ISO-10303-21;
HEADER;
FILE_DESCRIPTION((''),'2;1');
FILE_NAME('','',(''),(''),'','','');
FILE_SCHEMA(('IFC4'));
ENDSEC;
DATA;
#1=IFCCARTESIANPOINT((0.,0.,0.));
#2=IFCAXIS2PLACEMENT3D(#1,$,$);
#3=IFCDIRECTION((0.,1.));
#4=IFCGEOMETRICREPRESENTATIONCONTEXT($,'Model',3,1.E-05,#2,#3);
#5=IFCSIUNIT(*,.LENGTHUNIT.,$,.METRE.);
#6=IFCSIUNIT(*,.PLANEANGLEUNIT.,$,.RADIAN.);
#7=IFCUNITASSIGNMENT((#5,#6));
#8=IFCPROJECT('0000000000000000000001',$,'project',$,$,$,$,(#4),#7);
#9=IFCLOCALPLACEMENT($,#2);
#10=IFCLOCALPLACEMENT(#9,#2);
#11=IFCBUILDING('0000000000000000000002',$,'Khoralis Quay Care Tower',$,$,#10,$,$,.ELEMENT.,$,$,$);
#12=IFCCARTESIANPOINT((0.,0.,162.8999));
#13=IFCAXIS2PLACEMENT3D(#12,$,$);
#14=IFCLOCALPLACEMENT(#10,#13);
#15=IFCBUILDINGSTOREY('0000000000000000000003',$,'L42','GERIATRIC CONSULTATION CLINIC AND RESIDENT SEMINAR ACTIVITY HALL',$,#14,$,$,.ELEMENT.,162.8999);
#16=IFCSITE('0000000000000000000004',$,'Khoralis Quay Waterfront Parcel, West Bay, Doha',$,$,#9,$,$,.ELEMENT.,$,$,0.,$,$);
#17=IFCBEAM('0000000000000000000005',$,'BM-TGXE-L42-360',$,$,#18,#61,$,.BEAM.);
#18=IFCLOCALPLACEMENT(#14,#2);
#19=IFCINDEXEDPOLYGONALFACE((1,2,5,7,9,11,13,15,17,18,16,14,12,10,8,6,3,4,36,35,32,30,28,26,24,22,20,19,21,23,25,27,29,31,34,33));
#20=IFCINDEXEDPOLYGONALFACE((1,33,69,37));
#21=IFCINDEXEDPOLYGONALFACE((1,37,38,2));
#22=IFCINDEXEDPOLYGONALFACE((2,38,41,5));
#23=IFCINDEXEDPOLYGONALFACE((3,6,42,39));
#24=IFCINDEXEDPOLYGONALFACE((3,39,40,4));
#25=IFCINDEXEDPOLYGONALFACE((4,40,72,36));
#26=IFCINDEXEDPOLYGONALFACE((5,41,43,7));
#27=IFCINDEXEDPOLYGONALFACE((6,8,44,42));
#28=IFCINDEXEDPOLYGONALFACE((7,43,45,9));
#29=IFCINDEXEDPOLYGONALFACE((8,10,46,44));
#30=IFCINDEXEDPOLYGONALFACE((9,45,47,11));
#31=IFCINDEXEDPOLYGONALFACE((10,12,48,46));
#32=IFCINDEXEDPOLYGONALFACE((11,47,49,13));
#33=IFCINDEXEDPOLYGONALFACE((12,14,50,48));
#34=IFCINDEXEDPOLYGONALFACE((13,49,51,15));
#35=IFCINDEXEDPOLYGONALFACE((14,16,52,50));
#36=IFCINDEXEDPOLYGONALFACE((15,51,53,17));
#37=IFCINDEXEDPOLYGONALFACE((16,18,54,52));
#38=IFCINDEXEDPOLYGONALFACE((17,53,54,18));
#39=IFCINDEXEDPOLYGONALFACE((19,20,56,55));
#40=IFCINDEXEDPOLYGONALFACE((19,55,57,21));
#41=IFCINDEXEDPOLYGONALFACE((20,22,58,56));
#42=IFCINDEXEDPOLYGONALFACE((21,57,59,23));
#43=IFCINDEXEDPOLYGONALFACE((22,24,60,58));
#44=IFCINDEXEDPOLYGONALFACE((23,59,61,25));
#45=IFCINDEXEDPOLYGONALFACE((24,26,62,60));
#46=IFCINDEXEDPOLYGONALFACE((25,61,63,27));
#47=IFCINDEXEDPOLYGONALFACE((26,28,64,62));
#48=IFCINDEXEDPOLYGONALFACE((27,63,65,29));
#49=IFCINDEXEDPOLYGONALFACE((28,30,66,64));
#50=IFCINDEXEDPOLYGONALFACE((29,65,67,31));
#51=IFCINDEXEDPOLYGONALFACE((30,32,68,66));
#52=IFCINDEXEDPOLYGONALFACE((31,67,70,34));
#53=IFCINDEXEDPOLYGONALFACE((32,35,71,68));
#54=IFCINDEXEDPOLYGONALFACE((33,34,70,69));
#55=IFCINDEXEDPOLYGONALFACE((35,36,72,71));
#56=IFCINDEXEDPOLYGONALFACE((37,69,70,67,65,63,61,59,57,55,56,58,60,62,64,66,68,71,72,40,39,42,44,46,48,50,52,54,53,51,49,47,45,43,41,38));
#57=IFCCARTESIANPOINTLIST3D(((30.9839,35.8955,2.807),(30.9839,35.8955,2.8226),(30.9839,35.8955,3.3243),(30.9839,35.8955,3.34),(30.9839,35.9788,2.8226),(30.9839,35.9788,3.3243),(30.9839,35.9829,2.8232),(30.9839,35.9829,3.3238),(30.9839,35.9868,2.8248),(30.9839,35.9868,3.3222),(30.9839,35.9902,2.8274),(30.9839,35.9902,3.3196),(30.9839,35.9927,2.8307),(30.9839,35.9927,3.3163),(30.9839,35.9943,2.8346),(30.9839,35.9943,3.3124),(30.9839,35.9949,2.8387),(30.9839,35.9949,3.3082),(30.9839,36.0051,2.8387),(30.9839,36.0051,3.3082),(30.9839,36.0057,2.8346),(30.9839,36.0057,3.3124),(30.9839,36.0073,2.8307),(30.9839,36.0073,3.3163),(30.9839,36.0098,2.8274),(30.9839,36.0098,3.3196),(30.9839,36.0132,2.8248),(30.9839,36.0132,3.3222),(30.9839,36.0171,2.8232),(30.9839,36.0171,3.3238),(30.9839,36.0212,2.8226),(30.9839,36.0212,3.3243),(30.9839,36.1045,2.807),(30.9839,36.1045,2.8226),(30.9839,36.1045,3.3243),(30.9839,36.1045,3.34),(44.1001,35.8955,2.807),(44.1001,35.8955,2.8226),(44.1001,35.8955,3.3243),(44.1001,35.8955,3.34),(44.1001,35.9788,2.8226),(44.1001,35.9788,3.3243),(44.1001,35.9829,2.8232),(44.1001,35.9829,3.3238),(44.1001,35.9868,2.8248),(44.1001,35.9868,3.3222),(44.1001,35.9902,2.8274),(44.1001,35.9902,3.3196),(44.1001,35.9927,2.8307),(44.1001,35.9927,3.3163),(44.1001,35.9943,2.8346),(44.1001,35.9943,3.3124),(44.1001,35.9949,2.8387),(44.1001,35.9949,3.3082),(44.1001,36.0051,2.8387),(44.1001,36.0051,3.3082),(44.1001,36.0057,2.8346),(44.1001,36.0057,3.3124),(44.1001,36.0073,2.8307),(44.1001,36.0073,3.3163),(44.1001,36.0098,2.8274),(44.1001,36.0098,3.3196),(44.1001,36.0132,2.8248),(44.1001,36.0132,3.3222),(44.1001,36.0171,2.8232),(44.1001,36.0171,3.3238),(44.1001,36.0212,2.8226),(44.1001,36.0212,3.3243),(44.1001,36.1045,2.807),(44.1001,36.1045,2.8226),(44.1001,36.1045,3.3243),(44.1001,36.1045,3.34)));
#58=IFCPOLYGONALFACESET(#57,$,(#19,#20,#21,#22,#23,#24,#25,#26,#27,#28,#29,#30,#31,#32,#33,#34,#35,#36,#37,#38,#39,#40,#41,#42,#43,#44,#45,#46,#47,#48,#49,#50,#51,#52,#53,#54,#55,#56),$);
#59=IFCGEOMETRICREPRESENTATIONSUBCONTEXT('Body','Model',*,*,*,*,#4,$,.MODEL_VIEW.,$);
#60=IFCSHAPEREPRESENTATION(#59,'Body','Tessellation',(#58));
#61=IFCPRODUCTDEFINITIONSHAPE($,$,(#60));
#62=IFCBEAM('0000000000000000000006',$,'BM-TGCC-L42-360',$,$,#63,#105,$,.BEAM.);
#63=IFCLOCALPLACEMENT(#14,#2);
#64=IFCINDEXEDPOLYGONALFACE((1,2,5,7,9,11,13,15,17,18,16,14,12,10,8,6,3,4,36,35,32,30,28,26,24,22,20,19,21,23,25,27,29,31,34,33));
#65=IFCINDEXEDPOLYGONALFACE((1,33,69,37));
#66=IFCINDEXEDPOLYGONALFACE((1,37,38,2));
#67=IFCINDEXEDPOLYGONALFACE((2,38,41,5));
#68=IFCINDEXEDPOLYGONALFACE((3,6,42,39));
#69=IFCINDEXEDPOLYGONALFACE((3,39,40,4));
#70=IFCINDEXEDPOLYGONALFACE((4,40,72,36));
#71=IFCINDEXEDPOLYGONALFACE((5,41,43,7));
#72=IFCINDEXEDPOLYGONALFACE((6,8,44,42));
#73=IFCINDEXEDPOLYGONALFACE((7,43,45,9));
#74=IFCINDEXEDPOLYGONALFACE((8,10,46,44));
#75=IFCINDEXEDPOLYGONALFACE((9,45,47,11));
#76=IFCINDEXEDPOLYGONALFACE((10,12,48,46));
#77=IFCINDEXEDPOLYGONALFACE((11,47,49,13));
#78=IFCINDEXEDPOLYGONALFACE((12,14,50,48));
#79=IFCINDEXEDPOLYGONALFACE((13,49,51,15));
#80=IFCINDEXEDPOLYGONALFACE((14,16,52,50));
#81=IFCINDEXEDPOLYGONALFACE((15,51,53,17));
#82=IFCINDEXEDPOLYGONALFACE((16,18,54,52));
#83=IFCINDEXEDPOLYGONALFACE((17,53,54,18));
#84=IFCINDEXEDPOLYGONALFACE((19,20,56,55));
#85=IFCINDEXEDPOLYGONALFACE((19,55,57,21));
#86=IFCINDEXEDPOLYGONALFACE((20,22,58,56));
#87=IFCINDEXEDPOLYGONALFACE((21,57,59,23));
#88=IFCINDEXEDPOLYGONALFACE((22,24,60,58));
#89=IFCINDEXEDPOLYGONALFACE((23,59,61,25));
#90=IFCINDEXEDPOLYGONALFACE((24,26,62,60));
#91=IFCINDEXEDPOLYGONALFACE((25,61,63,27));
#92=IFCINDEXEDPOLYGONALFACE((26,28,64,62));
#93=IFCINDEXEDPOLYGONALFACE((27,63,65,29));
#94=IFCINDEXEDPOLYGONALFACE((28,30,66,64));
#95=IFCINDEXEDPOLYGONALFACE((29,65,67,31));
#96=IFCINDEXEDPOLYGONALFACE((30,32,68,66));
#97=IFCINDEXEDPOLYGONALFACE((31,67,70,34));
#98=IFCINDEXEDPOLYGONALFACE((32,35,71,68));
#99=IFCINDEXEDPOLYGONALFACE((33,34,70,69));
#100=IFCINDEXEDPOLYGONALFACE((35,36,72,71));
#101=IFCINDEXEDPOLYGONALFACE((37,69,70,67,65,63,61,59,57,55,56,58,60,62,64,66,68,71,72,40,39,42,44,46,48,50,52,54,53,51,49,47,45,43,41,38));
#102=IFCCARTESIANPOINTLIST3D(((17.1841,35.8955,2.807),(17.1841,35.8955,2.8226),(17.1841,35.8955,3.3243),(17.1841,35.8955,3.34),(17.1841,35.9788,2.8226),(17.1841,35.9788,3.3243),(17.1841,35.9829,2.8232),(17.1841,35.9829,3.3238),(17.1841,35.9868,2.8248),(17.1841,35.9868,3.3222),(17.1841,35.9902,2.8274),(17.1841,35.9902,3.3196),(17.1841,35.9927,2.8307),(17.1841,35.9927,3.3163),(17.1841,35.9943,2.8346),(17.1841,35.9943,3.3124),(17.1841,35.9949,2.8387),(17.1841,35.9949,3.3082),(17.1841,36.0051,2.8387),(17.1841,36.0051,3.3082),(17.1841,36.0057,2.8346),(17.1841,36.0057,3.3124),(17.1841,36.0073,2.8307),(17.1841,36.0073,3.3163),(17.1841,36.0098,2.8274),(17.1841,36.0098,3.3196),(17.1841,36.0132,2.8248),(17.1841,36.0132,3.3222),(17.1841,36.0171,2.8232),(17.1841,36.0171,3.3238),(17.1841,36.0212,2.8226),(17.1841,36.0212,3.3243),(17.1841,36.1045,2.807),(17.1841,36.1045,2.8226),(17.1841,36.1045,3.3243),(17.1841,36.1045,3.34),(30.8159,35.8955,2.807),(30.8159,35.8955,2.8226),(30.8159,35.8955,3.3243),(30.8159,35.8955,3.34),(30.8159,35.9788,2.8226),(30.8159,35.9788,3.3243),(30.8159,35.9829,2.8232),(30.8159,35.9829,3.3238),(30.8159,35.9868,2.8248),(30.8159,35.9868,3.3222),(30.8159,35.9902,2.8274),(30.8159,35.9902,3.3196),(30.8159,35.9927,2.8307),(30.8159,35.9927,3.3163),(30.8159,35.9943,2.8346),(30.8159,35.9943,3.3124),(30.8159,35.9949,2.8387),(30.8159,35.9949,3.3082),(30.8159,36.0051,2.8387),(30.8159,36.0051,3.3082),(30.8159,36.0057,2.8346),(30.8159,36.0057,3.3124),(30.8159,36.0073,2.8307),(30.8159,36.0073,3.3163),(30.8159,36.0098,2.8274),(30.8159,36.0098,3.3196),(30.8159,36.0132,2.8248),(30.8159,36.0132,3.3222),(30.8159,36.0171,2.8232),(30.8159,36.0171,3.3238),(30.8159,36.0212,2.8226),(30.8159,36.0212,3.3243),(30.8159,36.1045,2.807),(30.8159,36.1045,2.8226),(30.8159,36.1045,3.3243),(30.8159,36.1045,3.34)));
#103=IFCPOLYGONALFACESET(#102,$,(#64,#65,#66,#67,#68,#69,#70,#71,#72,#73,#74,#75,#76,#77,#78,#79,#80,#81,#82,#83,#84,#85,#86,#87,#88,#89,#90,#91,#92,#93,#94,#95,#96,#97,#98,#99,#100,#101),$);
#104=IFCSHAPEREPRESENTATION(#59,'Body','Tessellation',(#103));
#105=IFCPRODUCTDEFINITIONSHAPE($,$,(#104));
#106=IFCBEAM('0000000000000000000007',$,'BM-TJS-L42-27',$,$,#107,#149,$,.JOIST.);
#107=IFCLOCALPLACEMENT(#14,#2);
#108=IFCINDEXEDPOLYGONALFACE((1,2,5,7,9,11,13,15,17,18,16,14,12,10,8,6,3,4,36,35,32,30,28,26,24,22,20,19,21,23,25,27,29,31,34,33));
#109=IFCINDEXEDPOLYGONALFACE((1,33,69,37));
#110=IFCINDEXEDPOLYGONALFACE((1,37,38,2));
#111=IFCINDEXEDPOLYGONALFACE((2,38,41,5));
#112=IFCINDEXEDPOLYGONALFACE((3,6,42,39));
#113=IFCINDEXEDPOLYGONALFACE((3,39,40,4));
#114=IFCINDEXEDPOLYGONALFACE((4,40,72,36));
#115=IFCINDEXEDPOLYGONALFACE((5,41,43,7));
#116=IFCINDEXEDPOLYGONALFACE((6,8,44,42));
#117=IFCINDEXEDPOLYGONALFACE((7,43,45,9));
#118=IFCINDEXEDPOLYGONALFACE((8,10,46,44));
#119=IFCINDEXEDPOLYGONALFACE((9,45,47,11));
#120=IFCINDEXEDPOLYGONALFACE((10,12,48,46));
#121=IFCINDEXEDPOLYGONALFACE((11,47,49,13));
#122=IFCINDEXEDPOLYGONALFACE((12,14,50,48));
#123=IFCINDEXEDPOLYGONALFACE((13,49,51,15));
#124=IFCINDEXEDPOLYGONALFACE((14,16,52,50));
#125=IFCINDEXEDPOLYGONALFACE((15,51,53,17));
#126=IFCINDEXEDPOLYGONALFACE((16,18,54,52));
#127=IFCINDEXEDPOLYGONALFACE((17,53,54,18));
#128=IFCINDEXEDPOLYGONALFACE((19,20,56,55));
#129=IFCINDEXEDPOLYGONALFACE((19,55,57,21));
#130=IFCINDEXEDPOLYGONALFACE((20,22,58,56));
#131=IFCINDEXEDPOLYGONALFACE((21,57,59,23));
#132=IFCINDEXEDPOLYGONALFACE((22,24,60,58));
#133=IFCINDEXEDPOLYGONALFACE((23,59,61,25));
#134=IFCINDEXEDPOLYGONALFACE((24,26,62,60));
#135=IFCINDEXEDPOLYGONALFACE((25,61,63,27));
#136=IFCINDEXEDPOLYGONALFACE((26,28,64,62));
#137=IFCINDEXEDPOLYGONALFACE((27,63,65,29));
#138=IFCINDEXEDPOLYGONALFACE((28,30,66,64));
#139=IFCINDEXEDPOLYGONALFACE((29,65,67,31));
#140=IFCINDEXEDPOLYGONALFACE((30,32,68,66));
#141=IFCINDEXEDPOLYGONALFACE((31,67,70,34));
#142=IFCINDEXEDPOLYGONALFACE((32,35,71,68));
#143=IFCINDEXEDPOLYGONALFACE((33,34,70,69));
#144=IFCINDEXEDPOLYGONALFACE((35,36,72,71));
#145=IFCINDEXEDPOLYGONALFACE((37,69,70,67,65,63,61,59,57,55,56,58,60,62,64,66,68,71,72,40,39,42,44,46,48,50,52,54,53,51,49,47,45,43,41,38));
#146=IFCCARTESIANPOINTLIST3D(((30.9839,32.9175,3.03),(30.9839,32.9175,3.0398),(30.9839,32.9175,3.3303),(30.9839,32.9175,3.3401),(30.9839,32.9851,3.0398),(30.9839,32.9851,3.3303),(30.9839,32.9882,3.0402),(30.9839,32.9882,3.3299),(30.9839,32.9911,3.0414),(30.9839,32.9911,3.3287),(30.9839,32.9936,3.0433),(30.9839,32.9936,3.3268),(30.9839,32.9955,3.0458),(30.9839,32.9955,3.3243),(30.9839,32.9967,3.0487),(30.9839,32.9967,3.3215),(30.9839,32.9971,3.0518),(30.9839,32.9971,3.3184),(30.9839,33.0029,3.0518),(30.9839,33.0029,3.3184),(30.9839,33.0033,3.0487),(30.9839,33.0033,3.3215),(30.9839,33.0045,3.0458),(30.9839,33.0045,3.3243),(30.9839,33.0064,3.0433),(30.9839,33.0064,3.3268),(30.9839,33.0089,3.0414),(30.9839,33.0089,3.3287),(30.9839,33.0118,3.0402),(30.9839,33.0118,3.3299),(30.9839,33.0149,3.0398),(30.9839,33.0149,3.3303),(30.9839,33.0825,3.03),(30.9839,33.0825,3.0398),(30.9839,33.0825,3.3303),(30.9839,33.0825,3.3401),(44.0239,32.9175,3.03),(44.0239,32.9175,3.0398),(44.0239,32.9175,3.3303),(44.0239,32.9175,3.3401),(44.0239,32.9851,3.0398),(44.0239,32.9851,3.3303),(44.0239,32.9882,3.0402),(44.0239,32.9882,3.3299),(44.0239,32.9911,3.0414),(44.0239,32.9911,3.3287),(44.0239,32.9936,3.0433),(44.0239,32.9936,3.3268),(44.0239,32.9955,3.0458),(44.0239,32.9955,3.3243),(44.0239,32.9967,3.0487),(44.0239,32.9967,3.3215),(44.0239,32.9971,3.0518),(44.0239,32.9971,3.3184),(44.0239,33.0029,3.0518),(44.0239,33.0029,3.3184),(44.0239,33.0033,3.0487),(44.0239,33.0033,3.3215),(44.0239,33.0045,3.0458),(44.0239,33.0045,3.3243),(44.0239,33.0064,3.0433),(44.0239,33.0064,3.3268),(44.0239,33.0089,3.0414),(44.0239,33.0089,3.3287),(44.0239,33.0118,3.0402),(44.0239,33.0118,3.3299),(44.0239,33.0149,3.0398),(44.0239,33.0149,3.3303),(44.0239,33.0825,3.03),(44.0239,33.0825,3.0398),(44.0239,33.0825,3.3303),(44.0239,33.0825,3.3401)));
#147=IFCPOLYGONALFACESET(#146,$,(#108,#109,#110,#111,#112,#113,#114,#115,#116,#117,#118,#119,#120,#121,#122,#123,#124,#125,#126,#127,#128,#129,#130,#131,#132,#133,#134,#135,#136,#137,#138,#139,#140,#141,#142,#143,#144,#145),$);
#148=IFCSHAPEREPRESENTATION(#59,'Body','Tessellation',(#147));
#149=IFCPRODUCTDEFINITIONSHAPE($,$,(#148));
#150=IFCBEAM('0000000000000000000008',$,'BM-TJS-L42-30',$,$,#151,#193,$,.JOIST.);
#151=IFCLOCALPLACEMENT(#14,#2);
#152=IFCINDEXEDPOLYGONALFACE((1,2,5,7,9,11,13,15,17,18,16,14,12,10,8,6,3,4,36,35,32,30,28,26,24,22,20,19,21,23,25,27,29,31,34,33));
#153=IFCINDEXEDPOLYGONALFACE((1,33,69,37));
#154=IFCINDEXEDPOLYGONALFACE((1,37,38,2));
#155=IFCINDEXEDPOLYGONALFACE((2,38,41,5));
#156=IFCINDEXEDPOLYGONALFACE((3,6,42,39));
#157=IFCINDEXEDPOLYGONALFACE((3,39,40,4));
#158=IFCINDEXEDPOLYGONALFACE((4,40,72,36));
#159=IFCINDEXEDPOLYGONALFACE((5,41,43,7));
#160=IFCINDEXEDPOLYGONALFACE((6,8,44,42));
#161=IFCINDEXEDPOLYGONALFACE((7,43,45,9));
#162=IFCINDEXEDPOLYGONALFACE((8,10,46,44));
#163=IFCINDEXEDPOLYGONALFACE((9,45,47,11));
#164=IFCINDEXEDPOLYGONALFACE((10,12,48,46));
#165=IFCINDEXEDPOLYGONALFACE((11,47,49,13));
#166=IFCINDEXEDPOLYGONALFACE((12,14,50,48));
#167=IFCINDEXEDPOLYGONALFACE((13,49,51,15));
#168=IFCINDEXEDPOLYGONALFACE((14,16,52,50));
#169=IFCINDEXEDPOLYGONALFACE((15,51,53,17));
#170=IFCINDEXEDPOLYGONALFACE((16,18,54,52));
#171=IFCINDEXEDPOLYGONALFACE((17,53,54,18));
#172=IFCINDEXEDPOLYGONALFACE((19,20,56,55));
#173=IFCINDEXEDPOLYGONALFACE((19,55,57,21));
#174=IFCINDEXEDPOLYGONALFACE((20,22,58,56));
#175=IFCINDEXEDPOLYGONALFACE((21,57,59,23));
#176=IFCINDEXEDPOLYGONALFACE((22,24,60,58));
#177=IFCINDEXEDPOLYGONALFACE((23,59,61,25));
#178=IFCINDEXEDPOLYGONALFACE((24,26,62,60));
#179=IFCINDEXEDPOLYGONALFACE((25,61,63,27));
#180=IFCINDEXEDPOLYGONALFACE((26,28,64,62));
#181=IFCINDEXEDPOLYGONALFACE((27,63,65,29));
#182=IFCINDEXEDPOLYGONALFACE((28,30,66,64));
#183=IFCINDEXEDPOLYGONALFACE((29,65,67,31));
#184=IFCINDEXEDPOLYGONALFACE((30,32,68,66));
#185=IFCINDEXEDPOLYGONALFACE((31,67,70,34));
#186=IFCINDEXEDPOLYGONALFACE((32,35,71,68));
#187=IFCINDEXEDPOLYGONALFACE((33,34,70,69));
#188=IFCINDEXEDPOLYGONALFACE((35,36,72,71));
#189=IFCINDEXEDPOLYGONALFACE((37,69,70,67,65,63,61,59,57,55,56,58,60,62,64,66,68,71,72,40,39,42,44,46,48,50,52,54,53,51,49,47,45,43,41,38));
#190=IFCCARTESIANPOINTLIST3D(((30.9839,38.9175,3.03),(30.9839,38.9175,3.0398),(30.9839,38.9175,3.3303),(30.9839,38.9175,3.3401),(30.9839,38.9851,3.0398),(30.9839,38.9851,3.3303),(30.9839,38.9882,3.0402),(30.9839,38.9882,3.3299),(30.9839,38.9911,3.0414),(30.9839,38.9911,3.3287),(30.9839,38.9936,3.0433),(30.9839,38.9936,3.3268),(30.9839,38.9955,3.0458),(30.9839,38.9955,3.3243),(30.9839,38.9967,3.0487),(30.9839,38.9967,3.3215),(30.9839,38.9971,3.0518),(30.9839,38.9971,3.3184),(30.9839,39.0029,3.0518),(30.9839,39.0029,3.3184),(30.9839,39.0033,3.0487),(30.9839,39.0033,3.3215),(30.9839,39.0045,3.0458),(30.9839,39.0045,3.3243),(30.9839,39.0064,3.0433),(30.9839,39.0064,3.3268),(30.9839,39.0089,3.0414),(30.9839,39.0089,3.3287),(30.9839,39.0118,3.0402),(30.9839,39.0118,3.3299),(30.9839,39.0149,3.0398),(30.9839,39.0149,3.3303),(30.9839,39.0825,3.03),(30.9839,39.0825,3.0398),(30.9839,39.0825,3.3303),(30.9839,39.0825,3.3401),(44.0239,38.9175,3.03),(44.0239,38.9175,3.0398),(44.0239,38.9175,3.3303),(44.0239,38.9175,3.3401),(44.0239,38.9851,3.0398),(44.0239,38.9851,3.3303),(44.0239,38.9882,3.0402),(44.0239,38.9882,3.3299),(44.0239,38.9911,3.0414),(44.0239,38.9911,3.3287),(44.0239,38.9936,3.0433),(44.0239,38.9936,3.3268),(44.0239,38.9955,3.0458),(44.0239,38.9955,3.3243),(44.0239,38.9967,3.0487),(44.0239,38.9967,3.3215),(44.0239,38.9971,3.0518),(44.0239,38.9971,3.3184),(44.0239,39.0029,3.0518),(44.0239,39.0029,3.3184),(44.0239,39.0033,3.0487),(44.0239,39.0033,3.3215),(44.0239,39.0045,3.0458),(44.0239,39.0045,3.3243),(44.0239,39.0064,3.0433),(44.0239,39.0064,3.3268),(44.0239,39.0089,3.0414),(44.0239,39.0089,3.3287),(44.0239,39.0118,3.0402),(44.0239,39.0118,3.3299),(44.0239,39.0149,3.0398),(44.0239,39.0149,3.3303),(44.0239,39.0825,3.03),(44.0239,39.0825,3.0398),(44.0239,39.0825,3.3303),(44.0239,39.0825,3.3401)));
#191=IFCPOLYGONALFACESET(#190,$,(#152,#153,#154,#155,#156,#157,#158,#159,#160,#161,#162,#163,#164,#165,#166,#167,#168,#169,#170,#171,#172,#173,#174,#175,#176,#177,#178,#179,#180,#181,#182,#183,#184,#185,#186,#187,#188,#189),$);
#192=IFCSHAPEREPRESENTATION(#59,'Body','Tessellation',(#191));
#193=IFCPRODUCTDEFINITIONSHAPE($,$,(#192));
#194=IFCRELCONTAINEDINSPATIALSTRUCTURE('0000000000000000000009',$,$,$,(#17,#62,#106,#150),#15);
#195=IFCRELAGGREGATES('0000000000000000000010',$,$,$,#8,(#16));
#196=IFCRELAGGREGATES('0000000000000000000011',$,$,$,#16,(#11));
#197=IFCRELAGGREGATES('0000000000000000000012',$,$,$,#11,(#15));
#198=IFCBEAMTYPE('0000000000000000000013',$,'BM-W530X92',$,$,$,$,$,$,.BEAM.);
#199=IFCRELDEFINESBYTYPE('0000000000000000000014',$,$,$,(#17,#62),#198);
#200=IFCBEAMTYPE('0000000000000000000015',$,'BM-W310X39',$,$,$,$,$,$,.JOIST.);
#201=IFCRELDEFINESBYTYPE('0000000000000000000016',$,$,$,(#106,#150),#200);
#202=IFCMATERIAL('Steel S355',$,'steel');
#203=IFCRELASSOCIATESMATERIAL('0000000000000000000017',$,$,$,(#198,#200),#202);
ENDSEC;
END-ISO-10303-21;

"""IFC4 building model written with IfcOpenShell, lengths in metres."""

from ifc_helpers import new_model, si_unit, direction, frame, origin, origin_2d, place, context, subcontext, project, spatial, i_section, extrude, source, transform, mapped, material, material_profile, profile_set, type_object, element, save


model = new_model("IFC4")

# Units and contexts
model_context = context("Model", 3, precision=1e-05, world=origin(), true_north=direction((0.0, 1.0)))
body_context = subcontext(model_context, "Body", "Model", "MODEL_VIEW")
ifc_project = project(units=[si_unit("LENGTHUNIT", "METRE"), si_unit("PLANEANGLEUNIT", "RADIAN")], contexts=[model_context])

# Site, building, storey
site_placement = place(None, origin())
site = spatial("IfcSite", under=ifc_project, at=site_placement, Name="Khoralis Quay Waterfront Parcel, West Bay, Doha", CompositionType="ELEMENT", RefElevation=0.0)
building_placement = place(site_placement, origin())
building = spatial("IfcBuilding", under=site, at=building_placement, Name="Khoralis Quay Care Tower", CompositionType="ELEMENT")
storey_placement = place(building_placement, frame((0.0, 0.0, 162.8999)))
storey = spatial("IfcBuildingStorey", under=building, at=storey_placement, Name="L42", Description="GERIATRIC CONSULTATION CLINIC AND RESIDENT SEMINAR ACTIVITY HALL", CompositionType="ELEMENT", Elevation=162.8999)

# Beams
ifc_material_1 = material(Name="Steel S355", Category="steel")
ifc_material_profile_1 = material_profile(ifc_material_1, i_section(OverallWidth=0.209, OverallDepth=0.533, WebThickness=0.0103, FlangeThickness=0.0156, FilletRadius=0.0161, at=origin_2d()), Name="Steel S355")
ifc_profile_set_1 = profile_set([ifc_material_profile_1], Name="Steel S355")
beam_type_1 = type_object("IfcBeamType", Name="BM-W530X92", PredefinedType="BEAM", material=ifc_profile_set_1)
shared_shape_1 = source(origin(), body_context, "Body", "SweptSolid", [
    extrude(i_section(OverallWidth=0.209, OverallDepth=0.533, WebThickness=0.0103, FlangeThickness=0.0156, FilletRadius=0.0161, at=origin_2d()), origin(), (0.0, 0.0, 1.0), 13.1162),
])
beam_1_placement = place(storey_placement, frame((30.9839, 36.0, 3.0735), z_axis=(1.0, 0.0, 0.0), x_axis=(0.0, 1.0, 0.0)))
element("IfcBeam", 1, at=beam_1_placement, inside=storey, type_object=beam_type_1, Name="BM-TGXE-L42-360", PredefinedType="BEAM", context=body_context, shape_type="MappedRepresentation", body=[
    mapped(shared_shape_1, transform((0.0, 0.0, 0.0), scale=1.0)),
])
shared_shape_2 = source(origin(), body_context, "Body", "SweptSolid", [
    extrude(i_section(OverallWidth=0.209, OverallDepth=0.533, WebThickness=0.0103, FlangeThickness=0.0156, FilletRadius=0.0161, at=origin_2d()), origin(), (0.0, 0.0, 1.0), 13.6318),
])
beam_2_placement = place(storey_placement, frame((17.1841, 36.0, 3.0735), z_axis=(1.0, 0.0, 0.0), x_axis=(0.0, 1.0, 0.0)))
element("IfcBeam", 2, at=beam_2_placement, inside=storey, type_object=beam_type_1, Name="BM-TGCC-L42-360", PredefinedType="BEAM", context=body_context, shape_type="MappedRepresentation", body=[
    mapped(shared_shape_2, transform((0.0, 0.0, 0.0), scale=1.0)),
])
ifc_material_profile_2 = material_profile(ifc_material_1, i_section(OverallWidth=0.165, OverallDepth=0.3101, WebThickness=0.0059, FlangeThickness=0.0098, FilletRadius=0.012, at=origin_2d()), Name="Steel S355")
ifc_profile_set_2 = profile_set([ifc_material_profile_2], Name="Steel S355")
beam_type_2 = type_object("IfcBeamType", Name="BM-W310X39", PredefinedType="JOIST", material=ifc_profile_set_2)
shared_shape_3 = source(origin(), body_context, "Body", "SweptSolid", [
    extrude(i_section(OverallWidth=0.165, OverallDepth=0.3101, WebThickness=0.0059, FlangeThickness=0.0098, FilletRadius=0.012, at=origin_2d()), origin(), (0.0, 0.0, 1.0), 13.04),
])
for number, where, z_axis, x_axis, name in (
    (3, (30.9839, 33.0, 3.1851), (1.0, 0.0, 0.0), (0.0, 1.0, 0.0), "BM-TJS-L42-27"),
    (4, (30.9839, 39.0, 3.1851), (1.0, 0.0, 0.0), (0.0, 1.0, 0.0), "BM-TJS-L42-30"),
):
    element("IfcBeam", number, at=place(storey_placement, frame(where, z_axis=z_axis, x_axis=x_axis)), inside=storey, type_object=beam_type_2, Name=name, PredefinedType="JOIST", context=body_context, shape_type="MappedRepresentation", body=[
        mapped(shared_shape_3, transform((0.0, 0.0, 0.0), scale=1.0)),
    ])

save(model, "model.ifc")
